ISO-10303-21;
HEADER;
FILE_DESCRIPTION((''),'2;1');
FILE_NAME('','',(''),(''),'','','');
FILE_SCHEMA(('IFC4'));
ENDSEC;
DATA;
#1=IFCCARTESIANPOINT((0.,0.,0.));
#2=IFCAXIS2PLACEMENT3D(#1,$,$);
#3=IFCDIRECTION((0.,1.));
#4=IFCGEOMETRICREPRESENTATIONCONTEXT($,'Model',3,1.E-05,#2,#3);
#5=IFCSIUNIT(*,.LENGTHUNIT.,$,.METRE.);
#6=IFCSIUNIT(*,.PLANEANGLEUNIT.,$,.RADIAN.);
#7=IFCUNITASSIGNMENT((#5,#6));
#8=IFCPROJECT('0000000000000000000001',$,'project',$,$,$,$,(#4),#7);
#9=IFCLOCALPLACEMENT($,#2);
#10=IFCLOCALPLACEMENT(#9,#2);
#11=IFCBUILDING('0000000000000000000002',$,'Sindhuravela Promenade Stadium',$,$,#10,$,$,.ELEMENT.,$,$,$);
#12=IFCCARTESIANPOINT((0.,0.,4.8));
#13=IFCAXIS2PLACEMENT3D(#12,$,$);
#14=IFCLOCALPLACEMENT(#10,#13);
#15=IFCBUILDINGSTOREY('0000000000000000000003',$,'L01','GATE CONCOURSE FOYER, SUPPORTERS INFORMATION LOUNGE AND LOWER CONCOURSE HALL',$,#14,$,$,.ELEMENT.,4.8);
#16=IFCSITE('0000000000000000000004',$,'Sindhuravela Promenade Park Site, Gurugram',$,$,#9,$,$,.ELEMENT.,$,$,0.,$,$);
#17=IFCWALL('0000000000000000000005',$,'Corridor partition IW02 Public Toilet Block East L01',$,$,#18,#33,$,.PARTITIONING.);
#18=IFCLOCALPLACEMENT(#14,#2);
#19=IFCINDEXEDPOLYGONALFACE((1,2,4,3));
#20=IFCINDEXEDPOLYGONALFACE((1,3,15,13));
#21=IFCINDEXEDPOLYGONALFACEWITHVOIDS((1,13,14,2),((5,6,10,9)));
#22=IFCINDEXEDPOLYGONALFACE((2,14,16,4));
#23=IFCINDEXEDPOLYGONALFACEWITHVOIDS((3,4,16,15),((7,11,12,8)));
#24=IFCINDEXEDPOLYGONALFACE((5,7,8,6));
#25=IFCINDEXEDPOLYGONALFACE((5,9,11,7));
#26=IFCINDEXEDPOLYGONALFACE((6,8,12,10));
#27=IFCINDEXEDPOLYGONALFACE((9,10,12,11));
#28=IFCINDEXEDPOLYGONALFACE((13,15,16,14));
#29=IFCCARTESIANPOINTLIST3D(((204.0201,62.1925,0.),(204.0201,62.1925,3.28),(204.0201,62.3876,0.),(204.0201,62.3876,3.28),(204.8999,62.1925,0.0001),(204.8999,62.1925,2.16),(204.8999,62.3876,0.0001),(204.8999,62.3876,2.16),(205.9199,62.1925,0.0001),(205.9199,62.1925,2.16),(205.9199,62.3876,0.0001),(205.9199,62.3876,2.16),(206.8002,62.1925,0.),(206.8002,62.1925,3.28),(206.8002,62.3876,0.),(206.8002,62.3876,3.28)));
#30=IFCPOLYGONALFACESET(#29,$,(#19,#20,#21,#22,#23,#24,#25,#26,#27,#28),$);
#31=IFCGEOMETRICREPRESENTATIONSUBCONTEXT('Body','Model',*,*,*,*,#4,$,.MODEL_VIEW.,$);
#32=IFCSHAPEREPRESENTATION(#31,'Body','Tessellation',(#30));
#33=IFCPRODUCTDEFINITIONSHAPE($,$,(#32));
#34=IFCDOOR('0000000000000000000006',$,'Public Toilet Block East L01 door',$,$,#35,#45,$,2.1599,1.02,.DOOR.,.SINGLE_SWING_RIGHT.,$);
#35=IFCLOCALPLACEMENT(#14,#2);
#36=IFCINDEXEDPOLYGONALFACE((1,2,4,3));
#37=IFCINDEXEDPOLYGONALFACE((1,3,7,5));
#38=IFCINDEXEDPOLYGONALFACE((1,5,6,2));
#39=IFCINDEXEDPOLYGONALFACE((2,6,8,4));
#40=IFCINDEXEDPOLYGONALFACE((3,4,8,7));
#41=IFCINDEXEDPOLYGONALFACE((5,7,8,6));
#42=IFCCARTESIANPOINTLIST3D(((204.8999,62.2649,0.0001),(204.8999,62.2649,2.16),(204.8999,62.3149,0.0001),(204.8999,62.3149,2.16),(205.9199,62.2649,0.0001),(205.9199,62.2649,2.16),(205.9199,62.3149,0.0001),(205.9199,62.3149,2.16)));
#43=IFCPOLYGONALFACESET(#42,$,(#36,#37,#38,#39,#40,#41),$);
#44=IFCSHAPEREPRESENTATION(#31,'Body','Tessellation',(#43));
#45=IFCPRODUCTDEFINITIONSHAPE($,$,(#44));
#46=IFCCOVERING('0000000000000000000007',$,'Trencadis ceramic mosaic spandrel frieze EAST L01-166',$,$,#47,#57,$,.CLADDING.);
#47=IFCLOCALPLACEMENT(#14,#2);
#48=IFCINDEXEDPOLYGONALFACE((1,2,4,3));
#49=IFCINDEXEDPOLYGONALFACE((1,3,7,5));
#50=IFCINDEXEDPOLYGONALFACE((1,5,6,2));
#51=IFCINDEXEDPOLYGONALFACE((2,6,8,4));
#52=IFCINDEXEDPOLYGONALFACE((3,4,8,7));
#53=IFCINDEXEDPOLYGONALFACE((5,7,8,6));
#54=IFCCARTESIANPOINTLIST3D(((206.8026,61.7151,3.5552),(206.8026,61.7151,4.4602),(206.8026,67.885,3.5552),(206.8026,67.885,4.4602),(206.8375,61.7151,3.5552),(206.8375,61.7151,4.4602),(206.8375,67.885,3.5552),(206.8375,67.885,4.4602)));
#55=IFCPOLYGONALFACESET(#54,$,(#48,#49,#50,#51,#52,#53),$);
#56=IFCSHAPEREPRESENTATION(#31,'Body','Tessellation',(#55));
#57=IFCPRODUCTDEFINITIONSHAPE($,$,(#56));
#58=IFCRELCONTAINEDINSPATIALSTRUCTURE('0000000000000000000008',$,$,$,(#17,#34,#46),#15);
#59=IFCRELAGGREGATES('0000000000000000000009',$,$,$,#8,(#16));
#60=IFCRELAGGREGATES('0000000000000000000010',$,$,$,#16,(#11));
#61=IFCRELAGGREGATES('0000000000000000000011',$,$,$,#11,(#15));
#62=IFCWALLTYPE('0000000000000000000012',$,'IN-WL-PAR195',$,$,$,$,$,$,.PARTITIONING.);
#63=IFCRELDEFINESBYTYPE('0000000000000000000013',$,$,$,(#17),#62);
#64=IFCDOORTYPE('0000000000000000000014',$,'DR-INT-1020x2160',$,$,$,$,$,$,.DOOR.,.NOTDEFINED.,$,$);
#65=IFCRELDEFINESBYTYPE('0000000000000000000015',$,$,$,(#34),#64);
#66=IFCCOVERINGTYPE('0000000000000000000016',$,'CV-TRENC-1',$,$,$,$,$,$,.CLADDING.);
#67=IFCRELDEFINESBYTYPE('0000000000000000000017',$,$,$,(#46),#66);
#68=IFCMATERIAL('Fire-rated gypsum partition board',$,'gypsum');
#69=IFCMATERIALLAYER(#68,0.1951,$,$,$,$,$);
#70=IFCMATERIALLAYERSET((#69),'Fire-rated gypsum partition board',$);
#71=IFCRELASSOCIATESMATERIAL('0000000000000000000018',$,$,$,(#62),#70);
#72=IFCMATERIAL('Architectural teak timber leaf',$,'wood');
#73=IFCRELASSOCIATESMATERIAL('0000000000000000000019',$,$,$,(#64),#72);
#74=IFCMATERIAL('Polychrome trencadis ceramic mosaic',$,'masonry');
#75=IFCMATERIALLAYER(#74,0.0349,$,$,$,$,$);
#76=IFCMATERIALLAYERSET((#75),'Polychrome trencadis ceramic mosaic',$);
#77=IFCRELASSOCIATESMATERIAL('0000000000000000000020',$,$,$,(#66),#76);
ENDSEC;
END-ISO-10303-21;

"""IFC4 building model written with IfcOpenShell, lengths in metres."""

from ifc_helpers import new_model, si_unit, direction, frame, frame_2d, origin, origin_2d, place, context, subcontext, project, spatial, rectangle, extrude, material, layer, layer_set, type_object, element, fill, save


model = new_model("IFC4")

# Units and contexts
model_context = context("Model", 3, precision=1e-05, world=origin(), true_north=direction((0.0, 1.0)))
body_context = subcontext(model_context, "Body", "Model", "MODEL_VIEW")
ifc_project = project(units=[si_unit("LENGTHUNIT", "METRE"), si_unit("PLANEANGLEUNIT", "RADIAN")], contexts=[model_context])

# Site, building, storey
site_placement = place(None, origin())
site = spatial("IfcSite", under=ifc_project, at=site_placement, Name="Sindhuravela Promenade Park Site, Gurugram", CompositionType="ELEMENT", RefElevation=0.0)
building_placement = place(site_placement, origin())
building = spatial("IfcBuilding", under=site, at=building_placement, Name="Sindhuravela Promenade Stadium", CompositionType="ELEMENT")
storey_placement = place(building_placement, frame((0.0, 0.0, 4.8)))
storey = spatial("IfcBuildingStorey", under=building, at=storey_placement, Name="L01", Description="GATE CONCOURSE FOYER, SUPPORTERS INFORMATION LOUNGE AND LOWER CONCOURSE HALL", CompositionType="ELEMENT", Elevation=4.8)

# Shared definitions
ifc_material_1 = material(Name="Fire-rated gypsum partition board", Category="gypsum")

# Wall, opening, door
ifc_layer_1 = layer(ifc_material_1, 0.1951)
ifc_layer_set_1 = layer_set([ifc_layer_1], Name="Fire-rated gypsum partition board")
wall_type_1 = type_object("IfcWallType", Name="IN-WL-PAR195", PredefinedType="PARTITIONING", material=ifc_layer_set_1)
wall_1_placement = place(storey_placement, frame((204.02, 62.29, 0.0), z_axis=(0.0, 0.0, 1.0), x_axis=(1.0, 0.0, 0.0)))
wall_1 = element("IfcWall", 1, at=wall_1_placement, inside=storey, type_object=wall_type_1, Name="Corridor partition IW02 Public Toilet Block East L01", PredefinedType="PARTITIONING", context=body_context, shape_type="SweptSolid", body=[
    extrude(rectangle(XDim=2.78, YDim=0.1951, at=frame_2d((1.3901, 0.0))), origin(), (0.0, 0.0, 1.0), 3.28),
])
opening_1_placement = place(wall_1_placement, frame((0.8799, 0.0, 0.0)))
opening_1 = element("IfcOpeningElement", 2, at=opening_1_placement, cuts=wall_1, PredefinedType="OPENING", context=body_context, shape_type="SweptSolid", body=[
    extrude(rectangle(XDim=1.02, YDim=2.1599, at=frame_2d((0.51, 1.0801))), frame((0.0, 0.1074, 0.0), z_axis=(0.0, -1.0, 0.0), x_axis=(1.0, 0.0, 0.0)), (0.0, 0.0, 1.0), 0.2151),
])
ifc_material_2 = material(Name="Architectural teak timber leaf", Category="wood")
door_type_1 = type_object("IfcDoorType", Name="DR-INT-1020x2160", OperationType="NOTDEFINED", PredefinedType="DOOR", material=ifc_material_2)
door_1_placement = place(opening_1_placement, origin())
door_1 = element("IfcDoor", 3, at=door_1_placement, inside=storey, type_object=door_type_1, Name="Public Toilet Block East L01 door", OperationType="SINGLE_SWING_RIGHT", OverallHeight=2.1599, OverallWidth=1.02, PredefinedType="DOOR", context=body_context, shape_type="SweptSolid", body=[
    extrude(rectangle(XDim=1.02, YDim=2.1599, at=frame_2d((0.51, 1.0801))), frame((0.0, 0.0249, 0.0), z_axis=(0.0, -1.0, 0.0), x_axis=(1.0, 0.0, 0.0)), (0.0, 0.0, 1.0), 0.05),
])
fill(opening_1, door_1)

# Covering
ifc_material_3 = material(Name="Polychrome trencadis ceramic mosaic", Category="masonry")
ifc_layer_2 = layer(ifc_material_3, 0.0349)
ifc_layer_set_2 = layer_set([ifc_layer_2], Name="Polychrome trencadis ceramic mosaic")
covering_type = type_object("IfcCoveringType", Name="CV-TRENC-1", PredefinedType="CLADDING", material=ifc_layer_set_2)
covering_placement = place(storey_placement, frame((206.8201, 64.8, 3.5552), z_axis=(0.0, 0.0, 1.0), x_axis=(0.0, -1.0, 0.0)))
element("IfcCovering", 4, at=covering_placement, inside=storey, type_object=covering_type, Name="Trencadis ceramic mosaic spandrel frieze EAST L01-166", PredefinedType="CLADDING", context=body_context, shape_type="SweptSolid", body=[
    extrude(rectangle(XDim=6.1699, YDim=0.0349, at=origin_2d()), origin(), (0.0, 0.0, 1.0), 0.905),
])

save(model, "model.ifc")
